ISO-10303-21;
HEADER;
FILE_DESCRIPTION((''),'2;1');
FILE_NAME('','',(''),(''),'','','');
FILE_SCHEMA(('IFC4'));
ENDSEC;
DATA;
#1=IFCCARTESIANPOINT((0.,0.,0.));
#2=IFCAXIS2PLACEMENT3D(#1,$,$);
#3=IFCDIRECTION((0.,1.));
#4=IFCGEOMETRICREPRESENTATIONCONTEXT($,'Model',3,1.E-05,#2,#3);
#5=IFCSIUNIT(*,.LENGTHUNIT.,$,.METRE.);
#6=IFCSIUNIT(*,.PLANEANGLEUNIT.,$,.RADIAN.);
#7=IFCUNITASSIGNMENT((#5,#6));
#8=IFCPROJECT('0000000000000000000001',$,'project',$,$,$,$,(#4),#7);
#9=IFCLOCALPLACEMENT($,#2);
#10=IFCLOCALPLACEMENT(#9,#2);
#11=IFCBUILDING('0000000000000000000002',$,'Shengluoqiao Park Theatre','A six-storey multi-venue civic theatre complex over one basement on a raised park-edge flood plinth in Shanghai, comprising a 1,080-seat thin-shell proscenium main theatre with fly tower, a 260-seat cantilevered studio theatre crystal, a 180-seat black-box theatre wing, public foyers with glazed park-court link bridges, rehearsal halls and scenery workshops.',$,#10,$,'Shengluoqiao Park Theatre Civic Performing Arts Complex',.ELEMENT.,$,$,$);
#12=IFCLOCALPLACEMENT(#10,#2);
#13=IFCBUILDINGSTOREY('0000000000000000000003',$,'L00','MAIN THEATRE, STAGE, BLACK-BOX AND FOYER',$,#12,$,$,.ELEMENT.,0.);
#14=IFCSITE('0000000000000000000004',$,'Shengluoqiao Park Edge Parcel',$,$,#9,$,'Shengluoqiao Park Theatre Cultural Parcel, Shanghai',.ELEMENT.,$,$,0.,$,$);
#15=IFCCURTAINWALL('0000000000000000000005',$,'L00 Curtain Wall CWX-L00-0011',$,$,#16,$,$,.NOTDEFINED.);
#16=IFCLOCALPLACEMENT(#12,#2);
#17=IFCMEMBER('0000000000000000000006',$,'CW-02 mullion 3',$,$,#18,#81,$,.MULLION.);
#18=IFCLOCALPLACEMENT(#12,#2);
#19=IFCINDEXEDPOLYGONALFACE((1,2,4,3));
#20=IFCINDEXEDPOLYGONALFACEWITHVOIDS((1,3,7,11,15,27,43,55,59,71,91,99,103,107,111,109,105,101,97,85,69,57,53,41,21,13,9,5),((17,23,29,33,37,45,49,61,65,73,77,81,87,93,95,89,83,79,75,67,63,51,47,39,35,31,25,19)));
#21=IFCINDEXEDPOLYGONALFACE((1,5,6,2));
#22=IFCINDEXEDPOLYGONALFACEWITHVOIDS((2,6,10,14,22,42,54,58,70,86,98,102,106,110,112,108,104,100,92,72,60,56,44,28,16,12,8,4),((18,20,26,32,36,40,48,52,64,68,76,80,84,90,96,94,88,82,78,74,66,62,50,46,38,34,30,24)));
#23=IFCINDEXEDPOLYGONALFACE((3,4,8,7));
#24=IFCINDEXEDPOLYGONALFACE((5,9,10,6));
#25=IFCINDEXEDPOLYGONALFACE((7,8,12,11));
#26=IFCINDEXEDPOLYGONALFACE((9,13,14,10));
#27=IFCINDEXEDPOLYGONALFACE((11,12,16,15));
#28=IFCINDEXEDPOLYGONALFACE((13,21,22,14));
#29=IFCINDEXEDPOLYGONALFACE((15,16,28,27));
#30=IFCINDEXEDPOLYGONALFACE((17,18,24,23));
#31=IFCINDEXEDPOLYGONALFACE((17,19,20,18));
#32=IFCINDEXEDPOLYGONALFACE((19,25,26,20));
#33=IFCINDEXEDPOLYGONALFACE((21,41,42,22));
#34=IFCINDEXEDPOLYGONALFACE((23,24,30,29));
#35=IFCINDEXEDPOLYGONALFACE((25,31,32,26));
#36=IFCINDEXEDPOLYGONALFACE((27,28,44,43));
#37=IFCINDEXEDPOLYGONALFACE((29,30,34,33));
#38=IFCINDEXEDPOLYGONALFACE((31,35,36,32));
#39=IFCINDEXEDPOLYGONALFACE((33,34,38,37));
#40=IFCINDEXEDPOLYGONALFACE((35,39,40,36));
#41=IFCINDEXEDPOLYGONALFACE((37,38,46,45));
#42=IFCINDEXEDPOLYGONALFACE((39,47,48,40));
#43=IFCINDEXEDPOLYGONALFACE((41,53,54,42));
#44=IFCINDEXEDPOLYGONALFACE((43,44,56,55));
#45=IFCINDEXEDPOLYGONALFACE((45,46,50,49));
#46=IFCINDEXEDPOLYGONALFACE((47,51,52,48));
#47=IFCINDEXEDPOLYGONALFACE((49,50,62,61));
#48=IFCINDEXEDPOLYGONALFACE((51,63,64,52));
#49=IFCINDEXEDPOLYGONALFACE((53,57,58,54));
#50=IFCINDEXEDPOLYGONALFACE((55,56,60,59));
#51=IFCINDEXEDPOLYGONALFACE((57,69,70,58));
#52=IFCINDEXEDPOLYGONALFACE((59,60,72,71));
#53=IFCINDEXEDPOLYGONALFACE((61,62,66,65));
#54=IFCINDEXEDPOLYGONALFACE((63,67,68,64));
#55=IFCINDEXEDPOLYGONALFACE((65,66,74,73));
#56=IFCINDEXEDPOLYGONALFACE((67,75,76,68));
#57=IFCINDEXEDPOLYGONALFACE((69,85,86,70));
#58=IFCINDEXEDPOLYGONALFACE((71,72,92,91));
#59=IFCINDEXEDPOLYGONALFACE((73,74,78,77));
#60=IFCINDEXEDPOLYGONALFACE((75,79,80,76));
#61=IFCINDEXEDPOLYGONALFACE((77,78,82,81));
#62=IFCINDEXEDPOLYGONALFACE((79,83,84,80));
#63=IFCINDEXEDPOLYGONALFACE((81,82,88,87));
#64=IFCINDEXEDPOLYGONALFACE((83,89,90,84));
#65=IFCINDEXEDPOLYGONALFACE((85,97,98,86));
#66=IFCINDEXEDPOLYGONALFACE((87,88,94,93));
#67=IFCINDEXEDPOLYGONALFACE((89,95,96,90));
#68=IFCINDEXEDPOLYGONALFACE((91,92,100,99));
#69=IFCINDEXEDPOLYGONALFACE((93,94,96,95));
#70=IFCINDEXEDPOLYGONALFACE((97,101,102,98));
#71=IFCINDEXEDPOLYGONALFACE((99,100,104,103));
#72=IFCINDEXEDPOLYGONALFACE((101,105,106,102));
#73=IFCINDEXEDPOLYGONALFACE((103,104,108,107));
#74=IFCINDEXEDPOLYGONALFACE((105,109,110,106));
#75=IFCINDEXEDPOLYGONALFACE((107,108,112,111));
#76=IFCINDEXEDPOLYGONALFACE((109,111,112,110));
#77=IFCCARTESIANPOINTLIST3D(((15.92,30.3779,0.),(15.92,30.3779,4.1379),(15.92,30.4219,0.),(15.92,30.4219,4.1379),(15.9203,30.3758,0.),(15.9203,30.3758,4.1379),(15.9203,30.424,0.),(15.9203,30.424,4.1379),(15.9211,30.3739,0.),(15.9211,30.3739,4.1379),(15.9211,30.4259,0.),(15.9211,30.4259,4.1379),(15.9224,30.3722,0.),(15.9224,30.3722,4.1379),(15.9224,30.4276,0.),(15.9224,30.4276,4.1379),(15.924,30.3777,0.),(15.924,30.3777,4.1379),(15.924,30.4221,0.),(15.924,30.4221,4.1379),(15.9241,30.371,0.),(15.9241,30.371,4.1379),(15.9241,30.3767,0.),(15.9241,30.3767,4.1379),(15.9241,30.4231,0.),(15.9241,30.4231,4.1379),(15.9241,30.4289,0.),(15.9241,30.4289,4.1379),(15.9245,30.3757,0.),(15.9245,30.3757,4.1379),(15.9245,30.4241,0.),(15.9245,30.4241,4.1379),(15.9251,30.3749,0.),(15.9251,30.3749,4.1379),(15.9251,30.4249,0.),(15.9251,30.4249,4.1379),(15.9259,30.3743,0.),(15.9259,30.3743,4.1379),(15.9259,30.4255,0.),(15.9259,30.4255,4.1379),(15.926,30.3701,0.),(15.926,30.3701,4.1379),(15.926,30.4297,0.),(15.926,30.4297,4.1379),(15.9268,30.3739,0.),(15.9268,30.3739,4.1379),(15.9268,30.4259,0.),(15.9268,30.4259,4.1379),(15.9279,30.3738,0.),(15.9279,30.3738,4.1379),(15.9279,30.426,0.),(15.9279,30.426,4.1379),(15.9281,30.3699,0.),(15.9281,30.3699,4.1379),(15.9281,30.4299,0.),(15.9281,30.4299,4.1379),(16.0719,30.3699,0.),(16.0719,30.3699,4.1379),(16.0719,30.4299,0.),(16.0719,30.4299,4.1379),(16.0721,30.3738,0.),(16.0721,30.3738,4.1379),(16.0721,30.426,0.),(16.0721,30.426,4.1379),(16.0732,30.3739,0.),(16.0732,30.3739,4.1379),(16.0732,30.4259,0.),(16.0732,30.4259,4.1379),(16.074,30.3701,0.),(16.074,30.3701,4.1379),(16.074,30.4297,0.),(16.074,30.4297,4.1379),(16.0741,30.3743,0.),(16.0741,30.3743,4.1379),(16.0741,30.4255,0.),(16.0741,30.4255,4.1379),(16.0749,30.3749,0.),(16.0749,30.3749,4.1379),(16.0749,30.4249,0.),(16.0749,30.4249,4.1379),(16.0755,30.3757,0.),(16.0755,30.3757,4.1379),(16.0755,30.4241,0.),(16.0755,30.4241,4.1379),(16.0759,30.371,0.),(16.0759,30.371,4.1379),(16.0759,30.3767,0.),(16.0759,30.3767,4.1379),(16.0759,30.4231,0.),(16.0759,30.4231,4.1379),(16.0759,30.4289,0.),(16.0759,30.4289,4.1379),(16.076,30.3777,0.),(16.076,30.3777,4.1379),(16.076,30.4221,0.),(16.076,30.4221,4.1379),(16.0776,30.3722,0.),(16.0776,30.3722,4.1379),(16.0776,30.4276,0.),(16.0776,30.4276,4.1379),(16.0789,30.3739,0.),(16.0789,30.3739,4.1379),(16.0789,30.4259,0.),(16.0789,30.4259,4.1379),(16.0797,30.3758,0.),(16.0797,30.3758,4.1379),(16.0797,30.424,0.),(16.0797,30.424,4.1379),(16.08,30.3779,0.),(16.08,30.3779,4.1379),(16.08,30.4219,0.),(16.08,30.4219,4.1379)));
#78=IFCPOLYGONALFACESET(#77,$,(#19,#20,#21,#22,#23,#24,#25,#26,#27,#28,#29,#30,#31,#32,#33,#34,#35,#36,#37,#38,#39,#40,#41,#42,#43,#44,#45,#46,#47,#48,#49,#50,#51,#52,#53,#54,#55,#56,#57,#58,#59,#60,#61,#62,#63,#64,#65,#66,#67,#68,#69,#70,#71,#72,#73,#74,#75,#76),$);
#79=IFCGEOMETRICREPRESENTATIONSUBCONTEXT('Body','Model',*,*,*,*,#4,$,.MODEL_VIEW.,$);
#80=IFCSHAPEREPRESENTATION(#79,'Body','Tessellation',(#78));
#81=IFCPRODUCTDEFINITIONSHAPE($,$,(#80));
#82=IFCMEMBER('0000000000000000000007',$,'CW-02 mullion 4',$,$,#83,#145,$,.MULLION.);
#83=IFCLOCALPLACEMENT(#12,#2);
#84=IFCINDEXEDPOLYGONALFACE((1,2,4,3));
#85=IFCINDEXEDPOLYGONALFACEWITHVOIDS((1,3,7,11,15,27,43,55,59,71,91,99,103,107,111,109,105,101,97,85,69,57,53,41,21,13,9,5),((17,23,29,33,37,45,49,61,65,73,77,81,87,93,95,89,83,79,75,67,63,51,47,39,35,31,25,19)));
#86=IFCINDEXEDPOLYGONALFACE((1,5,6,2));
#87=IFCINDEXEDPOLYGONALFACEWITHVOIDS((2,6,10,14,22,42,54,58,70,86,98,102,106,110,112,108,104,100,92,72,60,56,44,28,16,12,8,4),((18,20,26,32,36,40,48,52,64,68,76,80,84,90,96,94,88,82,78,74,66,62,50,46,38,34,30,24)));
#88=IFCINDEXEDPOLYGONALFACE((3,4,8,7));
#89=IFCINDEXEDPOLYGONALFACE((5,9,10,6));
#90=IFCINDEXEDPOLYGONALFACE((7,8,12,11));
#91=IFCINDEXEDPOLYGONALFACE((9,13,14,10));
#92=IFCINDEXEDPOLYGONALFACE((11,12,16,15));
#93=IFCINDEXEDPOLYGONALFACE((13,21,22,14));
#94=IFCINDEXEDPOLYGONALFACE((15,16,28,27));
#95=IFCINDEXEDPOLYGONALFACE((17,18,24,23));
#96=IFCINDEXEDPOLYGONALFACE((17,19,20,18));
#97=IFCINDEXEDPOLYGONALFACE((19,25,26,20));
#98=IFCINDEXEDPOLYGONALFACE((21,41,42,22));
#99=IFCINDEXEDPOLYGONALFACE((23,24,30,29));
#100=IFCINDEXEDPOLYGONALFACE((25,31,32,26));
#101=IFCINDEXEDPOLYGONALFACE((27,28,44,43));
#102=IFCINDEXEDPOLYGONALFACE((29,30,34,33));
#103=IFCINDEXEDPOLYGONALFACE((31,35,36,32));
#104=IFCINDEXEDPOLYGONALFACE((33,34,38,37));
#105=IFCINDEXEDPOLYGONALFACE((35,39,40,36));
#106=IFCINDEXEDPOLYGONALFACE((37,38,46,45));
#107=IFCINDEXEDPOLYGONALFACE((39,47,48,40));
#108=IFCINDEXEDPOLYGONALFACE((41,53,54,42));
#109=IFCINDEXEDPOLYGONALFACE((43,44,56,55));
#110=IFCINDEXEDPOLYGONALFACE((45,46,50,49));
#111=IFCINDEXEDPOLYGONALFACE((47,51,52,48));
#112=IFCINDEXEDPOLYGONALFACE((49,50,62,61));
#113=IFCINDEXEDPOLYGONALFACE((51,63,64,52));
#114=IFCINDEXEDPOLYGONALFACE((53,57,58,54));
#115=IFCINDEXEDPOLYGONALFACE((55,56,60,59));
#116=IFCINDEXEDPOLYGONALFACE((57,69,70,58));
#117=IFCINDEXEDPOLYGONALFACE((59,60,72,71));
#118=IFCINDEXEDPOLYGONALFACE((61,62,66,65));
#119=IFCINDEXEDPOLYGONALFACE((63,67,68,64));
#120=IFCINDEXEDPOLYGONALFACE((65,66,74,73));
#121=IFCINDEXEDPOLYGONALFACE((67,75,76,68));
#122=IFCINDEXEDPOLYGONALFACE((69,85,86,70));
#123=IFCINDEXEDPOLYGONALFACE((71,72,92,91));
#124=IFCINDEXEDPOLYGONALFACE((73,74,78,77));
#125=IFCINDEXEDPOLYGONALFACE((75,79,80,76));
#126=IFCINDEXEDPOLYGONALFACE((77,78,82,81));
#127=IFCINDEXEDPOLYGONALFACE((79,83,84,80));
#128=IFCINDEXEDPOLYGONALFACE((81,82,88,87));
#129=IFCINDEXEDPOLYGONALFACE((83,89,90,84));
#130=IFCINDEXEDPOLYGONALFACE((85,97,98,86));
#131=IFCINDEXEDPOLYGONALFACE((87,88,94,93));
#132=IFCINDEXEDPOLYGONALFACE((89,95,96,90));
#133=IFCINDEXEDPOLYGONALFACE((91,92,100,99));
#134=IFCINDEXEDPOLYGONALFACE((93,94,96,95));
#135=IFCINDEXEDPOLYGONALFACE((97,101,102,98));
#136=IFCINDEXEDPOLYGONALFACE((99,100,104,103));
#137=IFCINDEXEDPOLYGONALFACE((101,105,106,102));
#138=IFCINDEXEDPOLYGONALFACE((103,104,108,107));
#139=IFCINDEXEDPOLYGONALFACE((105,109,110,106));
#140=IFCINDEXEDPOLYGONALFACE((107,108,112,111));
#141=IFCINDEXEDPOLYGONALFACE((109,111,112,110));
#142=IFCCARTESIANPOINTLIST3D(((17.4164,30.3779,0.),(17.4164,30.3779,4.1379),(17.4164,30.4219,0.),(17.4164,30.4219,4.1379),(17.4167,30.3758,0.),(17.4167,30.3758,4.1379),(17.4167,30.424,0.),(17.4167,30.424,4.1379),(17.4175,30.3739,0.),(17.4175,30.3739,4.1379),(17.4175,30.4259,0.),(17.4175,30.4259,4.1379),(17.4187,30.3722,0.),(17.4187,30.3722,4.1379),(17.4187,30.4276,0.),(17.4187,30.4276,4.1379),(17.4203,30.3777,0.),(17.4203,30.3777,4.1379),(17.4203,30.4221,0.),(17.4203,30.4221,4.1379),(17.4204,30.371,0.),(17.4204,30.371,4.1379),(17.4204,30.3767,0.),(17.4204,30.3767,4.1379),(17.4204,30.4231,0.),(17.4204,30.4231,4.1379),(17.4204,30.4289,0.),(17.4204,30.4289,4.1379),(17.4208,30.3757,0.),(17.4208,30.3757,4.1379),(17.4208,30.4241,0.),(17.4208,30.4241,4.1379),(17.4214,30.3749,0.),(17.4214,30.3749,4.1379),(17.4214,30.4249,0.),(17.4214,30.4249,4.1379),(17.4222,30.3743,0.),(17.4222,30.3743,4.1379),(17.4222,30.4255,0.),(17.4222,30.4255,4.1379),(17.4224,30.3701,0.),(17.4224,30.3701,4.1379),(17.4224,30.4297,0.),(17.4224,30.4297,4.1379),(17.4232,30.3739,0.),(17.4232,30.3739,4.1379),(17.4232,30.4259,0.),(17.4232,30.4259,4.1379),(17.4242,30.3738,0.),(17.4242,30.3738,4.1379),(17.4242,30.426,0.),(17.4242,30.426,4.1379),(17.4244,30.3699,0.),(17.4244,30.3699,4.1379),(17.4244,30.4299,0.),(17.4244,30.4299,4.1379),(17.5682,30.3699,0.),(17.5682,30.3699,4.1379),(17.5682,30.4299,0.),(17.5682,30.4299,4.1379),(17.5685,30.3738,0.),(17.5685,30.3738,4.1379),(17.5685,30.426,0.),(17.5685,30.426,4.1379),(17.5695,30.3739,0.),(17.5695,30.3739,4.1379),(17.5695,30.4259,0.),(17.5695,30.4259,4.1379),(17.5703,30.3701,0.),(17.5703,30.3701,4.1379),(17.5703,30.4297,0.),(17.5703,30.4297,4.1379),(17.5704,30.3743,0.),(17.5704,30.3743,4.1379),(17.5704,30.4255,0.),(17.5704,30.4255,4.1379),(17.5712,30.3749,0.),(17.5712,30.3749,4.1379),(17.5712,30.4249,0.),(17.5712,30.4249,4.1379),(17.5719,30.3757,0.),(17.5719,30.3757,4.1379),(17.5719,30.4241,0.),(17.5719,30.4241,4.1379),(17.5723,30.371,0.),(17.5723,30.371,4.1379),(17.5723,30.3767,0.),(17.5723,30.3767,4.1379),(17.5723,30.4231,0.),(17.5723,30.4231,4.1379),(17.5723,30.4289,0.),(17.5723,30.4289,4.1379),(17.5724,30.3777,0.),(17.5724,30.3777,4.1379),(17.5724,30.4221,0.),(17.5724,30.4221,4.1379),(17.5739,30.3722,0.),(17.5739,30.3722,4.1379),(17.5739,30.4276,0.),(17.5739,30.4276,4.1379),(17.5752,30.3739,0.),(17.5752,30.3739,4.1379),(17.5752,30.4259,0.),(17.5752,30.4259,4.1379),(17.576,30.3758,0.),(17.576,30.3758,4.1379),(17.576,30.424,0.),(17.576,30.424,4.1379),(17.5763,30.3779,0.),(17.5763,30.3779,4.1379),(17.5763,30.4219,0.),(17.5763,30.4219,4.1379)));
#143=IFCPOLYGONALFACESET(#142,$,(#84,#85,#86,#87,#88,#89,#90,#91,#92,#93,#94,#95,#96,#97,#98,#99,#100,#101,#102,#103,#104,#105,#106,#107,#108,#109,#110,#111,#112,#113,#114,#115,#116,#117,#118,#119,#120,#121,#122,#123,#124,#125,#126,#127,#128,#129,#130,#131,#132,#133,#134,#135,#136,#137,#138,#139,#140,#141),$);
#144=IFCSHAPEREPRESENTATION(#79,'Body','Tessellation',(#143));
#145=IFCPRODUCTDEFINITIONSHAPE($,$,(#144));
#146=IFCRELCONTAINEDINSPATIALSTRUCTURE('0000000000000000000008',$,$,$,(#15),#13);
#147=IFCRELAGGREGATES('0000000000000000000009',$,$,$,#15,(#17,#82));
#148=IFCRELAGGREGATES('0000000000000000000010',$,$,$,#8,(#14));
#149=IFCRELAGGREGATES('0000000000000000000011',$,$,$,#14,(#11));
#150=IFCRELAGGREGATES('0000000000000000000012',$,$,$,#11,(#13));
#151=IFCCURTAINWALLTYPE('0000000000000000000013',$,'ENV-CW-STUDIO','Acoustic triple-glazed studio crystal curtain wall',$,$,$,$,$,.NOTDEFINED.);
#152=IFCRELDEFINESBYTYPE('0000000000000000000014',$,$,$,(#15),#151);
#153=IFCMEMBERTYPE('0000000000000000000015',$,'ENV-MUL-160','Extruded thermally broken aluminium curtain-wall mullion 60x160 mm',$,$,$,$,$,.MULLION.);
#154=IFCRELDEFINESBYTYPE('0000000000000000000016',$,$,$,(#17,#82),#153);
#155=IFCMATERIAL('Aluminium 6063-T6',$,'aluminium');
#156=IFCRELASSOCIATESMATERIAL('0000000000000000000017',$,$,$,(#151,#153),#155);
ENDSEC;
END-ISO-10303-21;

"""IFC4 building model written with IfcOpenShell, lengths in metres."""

from ifc_helpers import new_model, si_unit, direction, frame, origin, origin_2d, place, context, subcontext, project, spatial, hollow_rectangle, extrude, material, material_profile, profile_set, type_object, element, aggregate, save


model = new_model("IFC4")

# Units and contexts
model_context = context("Model", 3, precision=1e-05, world=origin(), true_north=direction((0.0, 1.0)))
body_context = subcontext(model_context, "Body", "Model", "MODEL_VIEW")
ifc_project = project(units=[si_unit("LENGTHUNIT", "METRE"), si_unit("PLANEANGLEUNIT", "RADIAN")], contexts=[model_context])

# Site, building, storey
site_placement = place(None, origin())
site = spatial("IfcSite", under=ifc_project, at=site_placement, Name="Shengluoqiao Park Edge Parcel", LongName="Shengluoqiao Park Theatre Cultural Parcel, Shanghai", CompositionType="ELEMENT", RefElevation=0.0)
building_placement = place(site_placement, origin())
building = spatial("IfcBuilding", under=site, at=building_placement, Name="Shengluoqiao Park Theatre", Description="A six-storey multi-venue civic theatre complex over one basement on a raised park-edge flood plinth in Shanghai, comprising a 1,080-seat thin-shell proscenium main theatre with fly tower, a 260-seat cantilevered studio theatre crystal, a 180-seat black-box theatre wing, public foyers with glazed park-court link bridges, rehearsal halls and scenery workshops.", LongName="Shengluoqiao Park Theatre Civic Performing Arts Complex", CompositionType="ELEMENT")
storey_placement = place(building_placement, origin())
storey = spatial("IfcBuildingStorey", under=building, at=storey_placement, Name="L00", Description="MAIN THEATRE, STAGE, BLACK-BOX AND FOYER", CompositionType="ELEMENT", Elevation=0.0)

# Curtain wall, members
ifc_material_1 = material(Name="Aluminium 6063-T6", Category="aluminium")
curtain_wall_type = type_object("IfcCurtainWallType", Name="ENV-CW-STUDIO", Description="Acoustic triple-glazed studio crystal curtain wall", PredefinedType="NOTDEFINED", material=ifc_material_1)
curtain_wall_placement = place(storey_placement, origin())
curtain_wall = element("IfcCurtainWall", 1, at=curtain_wall_placement, inside=storey, type_object=curtain_wall_type, Name="L00 Curtain Wall CWX-L00-0011", PredefinedType="NOTDEFINED")
ifc_material_profile_1 = material_profile(ifc_material_1, hollow_rectangle(XDim=0.0601, YDim=0.1599, WallThickness=0.0039, InnerFilletRadius=0.0039, OuterFilletRadius=0.0081, at=origin_2d()), Name="ALU MULLION 160x60x4")
ifc_profile_set_1 = profile_set([ifc_material_profile_1], Name="Aluminium 6063-T6")
member_type_1 = type_object("IfcMemberType", Name="ENV-MUL-160", Description="Extruded thermally broken aluminium curtain-wall mullion 60x160 mm", PredefinedType="MULLION", material=ifc_profile_set_1)
member_1_placement = place(storey_placement, frame((16.0, 30.3999, 0.0), z_axis=(0.0, 0.0, 1.0), x_axis=(0.0, 1.0, 0.0)))
member_1 = element("IfcMember", 2, at=member_1_placement, type_object=member_type_1, Name="CW-02 mullion 3", PredefinedType="MULLION", context=body_context, shape_type="SweptSolid", body=[
    extrude(hollow_rectangle(XDim=0.0601, YDim=0.1599, WallThickness=0.0039, InnerFilletRadius=0.0039, OuterFilletRadius=0.0081, at=origin_2d()), origin(), (0.0, 0.0, 1.0), 4.1379),
])
member_2_placement = place(storey_placement, frame((17.4963, 30.3999, 0.0), z_axis=(0.0, 0.0, 1.0), x_axis=(0.0, 1.0, 0.0)))
member_2 = element("IfcMember", 3, at=member_2_placement, type_object=member_type_1, Name="CW-02 mullion 4", PredefinedType="MULLION", context=body_context, shape_type="SweptSolid", body=[
    extrude(hollow_rectangle(XDim=0.0601, YDim=0.1599, WallThickness=0.0039, InnerFilletRadius=0.0039, OuterFilletRadius=0.0081, at=origin_2d()), origin(), (0.0, 0.0, 1.0), 4.1379),
])
aggregate(curtain_wall, [member_1, member_2])

save(model, "model.ifc")
